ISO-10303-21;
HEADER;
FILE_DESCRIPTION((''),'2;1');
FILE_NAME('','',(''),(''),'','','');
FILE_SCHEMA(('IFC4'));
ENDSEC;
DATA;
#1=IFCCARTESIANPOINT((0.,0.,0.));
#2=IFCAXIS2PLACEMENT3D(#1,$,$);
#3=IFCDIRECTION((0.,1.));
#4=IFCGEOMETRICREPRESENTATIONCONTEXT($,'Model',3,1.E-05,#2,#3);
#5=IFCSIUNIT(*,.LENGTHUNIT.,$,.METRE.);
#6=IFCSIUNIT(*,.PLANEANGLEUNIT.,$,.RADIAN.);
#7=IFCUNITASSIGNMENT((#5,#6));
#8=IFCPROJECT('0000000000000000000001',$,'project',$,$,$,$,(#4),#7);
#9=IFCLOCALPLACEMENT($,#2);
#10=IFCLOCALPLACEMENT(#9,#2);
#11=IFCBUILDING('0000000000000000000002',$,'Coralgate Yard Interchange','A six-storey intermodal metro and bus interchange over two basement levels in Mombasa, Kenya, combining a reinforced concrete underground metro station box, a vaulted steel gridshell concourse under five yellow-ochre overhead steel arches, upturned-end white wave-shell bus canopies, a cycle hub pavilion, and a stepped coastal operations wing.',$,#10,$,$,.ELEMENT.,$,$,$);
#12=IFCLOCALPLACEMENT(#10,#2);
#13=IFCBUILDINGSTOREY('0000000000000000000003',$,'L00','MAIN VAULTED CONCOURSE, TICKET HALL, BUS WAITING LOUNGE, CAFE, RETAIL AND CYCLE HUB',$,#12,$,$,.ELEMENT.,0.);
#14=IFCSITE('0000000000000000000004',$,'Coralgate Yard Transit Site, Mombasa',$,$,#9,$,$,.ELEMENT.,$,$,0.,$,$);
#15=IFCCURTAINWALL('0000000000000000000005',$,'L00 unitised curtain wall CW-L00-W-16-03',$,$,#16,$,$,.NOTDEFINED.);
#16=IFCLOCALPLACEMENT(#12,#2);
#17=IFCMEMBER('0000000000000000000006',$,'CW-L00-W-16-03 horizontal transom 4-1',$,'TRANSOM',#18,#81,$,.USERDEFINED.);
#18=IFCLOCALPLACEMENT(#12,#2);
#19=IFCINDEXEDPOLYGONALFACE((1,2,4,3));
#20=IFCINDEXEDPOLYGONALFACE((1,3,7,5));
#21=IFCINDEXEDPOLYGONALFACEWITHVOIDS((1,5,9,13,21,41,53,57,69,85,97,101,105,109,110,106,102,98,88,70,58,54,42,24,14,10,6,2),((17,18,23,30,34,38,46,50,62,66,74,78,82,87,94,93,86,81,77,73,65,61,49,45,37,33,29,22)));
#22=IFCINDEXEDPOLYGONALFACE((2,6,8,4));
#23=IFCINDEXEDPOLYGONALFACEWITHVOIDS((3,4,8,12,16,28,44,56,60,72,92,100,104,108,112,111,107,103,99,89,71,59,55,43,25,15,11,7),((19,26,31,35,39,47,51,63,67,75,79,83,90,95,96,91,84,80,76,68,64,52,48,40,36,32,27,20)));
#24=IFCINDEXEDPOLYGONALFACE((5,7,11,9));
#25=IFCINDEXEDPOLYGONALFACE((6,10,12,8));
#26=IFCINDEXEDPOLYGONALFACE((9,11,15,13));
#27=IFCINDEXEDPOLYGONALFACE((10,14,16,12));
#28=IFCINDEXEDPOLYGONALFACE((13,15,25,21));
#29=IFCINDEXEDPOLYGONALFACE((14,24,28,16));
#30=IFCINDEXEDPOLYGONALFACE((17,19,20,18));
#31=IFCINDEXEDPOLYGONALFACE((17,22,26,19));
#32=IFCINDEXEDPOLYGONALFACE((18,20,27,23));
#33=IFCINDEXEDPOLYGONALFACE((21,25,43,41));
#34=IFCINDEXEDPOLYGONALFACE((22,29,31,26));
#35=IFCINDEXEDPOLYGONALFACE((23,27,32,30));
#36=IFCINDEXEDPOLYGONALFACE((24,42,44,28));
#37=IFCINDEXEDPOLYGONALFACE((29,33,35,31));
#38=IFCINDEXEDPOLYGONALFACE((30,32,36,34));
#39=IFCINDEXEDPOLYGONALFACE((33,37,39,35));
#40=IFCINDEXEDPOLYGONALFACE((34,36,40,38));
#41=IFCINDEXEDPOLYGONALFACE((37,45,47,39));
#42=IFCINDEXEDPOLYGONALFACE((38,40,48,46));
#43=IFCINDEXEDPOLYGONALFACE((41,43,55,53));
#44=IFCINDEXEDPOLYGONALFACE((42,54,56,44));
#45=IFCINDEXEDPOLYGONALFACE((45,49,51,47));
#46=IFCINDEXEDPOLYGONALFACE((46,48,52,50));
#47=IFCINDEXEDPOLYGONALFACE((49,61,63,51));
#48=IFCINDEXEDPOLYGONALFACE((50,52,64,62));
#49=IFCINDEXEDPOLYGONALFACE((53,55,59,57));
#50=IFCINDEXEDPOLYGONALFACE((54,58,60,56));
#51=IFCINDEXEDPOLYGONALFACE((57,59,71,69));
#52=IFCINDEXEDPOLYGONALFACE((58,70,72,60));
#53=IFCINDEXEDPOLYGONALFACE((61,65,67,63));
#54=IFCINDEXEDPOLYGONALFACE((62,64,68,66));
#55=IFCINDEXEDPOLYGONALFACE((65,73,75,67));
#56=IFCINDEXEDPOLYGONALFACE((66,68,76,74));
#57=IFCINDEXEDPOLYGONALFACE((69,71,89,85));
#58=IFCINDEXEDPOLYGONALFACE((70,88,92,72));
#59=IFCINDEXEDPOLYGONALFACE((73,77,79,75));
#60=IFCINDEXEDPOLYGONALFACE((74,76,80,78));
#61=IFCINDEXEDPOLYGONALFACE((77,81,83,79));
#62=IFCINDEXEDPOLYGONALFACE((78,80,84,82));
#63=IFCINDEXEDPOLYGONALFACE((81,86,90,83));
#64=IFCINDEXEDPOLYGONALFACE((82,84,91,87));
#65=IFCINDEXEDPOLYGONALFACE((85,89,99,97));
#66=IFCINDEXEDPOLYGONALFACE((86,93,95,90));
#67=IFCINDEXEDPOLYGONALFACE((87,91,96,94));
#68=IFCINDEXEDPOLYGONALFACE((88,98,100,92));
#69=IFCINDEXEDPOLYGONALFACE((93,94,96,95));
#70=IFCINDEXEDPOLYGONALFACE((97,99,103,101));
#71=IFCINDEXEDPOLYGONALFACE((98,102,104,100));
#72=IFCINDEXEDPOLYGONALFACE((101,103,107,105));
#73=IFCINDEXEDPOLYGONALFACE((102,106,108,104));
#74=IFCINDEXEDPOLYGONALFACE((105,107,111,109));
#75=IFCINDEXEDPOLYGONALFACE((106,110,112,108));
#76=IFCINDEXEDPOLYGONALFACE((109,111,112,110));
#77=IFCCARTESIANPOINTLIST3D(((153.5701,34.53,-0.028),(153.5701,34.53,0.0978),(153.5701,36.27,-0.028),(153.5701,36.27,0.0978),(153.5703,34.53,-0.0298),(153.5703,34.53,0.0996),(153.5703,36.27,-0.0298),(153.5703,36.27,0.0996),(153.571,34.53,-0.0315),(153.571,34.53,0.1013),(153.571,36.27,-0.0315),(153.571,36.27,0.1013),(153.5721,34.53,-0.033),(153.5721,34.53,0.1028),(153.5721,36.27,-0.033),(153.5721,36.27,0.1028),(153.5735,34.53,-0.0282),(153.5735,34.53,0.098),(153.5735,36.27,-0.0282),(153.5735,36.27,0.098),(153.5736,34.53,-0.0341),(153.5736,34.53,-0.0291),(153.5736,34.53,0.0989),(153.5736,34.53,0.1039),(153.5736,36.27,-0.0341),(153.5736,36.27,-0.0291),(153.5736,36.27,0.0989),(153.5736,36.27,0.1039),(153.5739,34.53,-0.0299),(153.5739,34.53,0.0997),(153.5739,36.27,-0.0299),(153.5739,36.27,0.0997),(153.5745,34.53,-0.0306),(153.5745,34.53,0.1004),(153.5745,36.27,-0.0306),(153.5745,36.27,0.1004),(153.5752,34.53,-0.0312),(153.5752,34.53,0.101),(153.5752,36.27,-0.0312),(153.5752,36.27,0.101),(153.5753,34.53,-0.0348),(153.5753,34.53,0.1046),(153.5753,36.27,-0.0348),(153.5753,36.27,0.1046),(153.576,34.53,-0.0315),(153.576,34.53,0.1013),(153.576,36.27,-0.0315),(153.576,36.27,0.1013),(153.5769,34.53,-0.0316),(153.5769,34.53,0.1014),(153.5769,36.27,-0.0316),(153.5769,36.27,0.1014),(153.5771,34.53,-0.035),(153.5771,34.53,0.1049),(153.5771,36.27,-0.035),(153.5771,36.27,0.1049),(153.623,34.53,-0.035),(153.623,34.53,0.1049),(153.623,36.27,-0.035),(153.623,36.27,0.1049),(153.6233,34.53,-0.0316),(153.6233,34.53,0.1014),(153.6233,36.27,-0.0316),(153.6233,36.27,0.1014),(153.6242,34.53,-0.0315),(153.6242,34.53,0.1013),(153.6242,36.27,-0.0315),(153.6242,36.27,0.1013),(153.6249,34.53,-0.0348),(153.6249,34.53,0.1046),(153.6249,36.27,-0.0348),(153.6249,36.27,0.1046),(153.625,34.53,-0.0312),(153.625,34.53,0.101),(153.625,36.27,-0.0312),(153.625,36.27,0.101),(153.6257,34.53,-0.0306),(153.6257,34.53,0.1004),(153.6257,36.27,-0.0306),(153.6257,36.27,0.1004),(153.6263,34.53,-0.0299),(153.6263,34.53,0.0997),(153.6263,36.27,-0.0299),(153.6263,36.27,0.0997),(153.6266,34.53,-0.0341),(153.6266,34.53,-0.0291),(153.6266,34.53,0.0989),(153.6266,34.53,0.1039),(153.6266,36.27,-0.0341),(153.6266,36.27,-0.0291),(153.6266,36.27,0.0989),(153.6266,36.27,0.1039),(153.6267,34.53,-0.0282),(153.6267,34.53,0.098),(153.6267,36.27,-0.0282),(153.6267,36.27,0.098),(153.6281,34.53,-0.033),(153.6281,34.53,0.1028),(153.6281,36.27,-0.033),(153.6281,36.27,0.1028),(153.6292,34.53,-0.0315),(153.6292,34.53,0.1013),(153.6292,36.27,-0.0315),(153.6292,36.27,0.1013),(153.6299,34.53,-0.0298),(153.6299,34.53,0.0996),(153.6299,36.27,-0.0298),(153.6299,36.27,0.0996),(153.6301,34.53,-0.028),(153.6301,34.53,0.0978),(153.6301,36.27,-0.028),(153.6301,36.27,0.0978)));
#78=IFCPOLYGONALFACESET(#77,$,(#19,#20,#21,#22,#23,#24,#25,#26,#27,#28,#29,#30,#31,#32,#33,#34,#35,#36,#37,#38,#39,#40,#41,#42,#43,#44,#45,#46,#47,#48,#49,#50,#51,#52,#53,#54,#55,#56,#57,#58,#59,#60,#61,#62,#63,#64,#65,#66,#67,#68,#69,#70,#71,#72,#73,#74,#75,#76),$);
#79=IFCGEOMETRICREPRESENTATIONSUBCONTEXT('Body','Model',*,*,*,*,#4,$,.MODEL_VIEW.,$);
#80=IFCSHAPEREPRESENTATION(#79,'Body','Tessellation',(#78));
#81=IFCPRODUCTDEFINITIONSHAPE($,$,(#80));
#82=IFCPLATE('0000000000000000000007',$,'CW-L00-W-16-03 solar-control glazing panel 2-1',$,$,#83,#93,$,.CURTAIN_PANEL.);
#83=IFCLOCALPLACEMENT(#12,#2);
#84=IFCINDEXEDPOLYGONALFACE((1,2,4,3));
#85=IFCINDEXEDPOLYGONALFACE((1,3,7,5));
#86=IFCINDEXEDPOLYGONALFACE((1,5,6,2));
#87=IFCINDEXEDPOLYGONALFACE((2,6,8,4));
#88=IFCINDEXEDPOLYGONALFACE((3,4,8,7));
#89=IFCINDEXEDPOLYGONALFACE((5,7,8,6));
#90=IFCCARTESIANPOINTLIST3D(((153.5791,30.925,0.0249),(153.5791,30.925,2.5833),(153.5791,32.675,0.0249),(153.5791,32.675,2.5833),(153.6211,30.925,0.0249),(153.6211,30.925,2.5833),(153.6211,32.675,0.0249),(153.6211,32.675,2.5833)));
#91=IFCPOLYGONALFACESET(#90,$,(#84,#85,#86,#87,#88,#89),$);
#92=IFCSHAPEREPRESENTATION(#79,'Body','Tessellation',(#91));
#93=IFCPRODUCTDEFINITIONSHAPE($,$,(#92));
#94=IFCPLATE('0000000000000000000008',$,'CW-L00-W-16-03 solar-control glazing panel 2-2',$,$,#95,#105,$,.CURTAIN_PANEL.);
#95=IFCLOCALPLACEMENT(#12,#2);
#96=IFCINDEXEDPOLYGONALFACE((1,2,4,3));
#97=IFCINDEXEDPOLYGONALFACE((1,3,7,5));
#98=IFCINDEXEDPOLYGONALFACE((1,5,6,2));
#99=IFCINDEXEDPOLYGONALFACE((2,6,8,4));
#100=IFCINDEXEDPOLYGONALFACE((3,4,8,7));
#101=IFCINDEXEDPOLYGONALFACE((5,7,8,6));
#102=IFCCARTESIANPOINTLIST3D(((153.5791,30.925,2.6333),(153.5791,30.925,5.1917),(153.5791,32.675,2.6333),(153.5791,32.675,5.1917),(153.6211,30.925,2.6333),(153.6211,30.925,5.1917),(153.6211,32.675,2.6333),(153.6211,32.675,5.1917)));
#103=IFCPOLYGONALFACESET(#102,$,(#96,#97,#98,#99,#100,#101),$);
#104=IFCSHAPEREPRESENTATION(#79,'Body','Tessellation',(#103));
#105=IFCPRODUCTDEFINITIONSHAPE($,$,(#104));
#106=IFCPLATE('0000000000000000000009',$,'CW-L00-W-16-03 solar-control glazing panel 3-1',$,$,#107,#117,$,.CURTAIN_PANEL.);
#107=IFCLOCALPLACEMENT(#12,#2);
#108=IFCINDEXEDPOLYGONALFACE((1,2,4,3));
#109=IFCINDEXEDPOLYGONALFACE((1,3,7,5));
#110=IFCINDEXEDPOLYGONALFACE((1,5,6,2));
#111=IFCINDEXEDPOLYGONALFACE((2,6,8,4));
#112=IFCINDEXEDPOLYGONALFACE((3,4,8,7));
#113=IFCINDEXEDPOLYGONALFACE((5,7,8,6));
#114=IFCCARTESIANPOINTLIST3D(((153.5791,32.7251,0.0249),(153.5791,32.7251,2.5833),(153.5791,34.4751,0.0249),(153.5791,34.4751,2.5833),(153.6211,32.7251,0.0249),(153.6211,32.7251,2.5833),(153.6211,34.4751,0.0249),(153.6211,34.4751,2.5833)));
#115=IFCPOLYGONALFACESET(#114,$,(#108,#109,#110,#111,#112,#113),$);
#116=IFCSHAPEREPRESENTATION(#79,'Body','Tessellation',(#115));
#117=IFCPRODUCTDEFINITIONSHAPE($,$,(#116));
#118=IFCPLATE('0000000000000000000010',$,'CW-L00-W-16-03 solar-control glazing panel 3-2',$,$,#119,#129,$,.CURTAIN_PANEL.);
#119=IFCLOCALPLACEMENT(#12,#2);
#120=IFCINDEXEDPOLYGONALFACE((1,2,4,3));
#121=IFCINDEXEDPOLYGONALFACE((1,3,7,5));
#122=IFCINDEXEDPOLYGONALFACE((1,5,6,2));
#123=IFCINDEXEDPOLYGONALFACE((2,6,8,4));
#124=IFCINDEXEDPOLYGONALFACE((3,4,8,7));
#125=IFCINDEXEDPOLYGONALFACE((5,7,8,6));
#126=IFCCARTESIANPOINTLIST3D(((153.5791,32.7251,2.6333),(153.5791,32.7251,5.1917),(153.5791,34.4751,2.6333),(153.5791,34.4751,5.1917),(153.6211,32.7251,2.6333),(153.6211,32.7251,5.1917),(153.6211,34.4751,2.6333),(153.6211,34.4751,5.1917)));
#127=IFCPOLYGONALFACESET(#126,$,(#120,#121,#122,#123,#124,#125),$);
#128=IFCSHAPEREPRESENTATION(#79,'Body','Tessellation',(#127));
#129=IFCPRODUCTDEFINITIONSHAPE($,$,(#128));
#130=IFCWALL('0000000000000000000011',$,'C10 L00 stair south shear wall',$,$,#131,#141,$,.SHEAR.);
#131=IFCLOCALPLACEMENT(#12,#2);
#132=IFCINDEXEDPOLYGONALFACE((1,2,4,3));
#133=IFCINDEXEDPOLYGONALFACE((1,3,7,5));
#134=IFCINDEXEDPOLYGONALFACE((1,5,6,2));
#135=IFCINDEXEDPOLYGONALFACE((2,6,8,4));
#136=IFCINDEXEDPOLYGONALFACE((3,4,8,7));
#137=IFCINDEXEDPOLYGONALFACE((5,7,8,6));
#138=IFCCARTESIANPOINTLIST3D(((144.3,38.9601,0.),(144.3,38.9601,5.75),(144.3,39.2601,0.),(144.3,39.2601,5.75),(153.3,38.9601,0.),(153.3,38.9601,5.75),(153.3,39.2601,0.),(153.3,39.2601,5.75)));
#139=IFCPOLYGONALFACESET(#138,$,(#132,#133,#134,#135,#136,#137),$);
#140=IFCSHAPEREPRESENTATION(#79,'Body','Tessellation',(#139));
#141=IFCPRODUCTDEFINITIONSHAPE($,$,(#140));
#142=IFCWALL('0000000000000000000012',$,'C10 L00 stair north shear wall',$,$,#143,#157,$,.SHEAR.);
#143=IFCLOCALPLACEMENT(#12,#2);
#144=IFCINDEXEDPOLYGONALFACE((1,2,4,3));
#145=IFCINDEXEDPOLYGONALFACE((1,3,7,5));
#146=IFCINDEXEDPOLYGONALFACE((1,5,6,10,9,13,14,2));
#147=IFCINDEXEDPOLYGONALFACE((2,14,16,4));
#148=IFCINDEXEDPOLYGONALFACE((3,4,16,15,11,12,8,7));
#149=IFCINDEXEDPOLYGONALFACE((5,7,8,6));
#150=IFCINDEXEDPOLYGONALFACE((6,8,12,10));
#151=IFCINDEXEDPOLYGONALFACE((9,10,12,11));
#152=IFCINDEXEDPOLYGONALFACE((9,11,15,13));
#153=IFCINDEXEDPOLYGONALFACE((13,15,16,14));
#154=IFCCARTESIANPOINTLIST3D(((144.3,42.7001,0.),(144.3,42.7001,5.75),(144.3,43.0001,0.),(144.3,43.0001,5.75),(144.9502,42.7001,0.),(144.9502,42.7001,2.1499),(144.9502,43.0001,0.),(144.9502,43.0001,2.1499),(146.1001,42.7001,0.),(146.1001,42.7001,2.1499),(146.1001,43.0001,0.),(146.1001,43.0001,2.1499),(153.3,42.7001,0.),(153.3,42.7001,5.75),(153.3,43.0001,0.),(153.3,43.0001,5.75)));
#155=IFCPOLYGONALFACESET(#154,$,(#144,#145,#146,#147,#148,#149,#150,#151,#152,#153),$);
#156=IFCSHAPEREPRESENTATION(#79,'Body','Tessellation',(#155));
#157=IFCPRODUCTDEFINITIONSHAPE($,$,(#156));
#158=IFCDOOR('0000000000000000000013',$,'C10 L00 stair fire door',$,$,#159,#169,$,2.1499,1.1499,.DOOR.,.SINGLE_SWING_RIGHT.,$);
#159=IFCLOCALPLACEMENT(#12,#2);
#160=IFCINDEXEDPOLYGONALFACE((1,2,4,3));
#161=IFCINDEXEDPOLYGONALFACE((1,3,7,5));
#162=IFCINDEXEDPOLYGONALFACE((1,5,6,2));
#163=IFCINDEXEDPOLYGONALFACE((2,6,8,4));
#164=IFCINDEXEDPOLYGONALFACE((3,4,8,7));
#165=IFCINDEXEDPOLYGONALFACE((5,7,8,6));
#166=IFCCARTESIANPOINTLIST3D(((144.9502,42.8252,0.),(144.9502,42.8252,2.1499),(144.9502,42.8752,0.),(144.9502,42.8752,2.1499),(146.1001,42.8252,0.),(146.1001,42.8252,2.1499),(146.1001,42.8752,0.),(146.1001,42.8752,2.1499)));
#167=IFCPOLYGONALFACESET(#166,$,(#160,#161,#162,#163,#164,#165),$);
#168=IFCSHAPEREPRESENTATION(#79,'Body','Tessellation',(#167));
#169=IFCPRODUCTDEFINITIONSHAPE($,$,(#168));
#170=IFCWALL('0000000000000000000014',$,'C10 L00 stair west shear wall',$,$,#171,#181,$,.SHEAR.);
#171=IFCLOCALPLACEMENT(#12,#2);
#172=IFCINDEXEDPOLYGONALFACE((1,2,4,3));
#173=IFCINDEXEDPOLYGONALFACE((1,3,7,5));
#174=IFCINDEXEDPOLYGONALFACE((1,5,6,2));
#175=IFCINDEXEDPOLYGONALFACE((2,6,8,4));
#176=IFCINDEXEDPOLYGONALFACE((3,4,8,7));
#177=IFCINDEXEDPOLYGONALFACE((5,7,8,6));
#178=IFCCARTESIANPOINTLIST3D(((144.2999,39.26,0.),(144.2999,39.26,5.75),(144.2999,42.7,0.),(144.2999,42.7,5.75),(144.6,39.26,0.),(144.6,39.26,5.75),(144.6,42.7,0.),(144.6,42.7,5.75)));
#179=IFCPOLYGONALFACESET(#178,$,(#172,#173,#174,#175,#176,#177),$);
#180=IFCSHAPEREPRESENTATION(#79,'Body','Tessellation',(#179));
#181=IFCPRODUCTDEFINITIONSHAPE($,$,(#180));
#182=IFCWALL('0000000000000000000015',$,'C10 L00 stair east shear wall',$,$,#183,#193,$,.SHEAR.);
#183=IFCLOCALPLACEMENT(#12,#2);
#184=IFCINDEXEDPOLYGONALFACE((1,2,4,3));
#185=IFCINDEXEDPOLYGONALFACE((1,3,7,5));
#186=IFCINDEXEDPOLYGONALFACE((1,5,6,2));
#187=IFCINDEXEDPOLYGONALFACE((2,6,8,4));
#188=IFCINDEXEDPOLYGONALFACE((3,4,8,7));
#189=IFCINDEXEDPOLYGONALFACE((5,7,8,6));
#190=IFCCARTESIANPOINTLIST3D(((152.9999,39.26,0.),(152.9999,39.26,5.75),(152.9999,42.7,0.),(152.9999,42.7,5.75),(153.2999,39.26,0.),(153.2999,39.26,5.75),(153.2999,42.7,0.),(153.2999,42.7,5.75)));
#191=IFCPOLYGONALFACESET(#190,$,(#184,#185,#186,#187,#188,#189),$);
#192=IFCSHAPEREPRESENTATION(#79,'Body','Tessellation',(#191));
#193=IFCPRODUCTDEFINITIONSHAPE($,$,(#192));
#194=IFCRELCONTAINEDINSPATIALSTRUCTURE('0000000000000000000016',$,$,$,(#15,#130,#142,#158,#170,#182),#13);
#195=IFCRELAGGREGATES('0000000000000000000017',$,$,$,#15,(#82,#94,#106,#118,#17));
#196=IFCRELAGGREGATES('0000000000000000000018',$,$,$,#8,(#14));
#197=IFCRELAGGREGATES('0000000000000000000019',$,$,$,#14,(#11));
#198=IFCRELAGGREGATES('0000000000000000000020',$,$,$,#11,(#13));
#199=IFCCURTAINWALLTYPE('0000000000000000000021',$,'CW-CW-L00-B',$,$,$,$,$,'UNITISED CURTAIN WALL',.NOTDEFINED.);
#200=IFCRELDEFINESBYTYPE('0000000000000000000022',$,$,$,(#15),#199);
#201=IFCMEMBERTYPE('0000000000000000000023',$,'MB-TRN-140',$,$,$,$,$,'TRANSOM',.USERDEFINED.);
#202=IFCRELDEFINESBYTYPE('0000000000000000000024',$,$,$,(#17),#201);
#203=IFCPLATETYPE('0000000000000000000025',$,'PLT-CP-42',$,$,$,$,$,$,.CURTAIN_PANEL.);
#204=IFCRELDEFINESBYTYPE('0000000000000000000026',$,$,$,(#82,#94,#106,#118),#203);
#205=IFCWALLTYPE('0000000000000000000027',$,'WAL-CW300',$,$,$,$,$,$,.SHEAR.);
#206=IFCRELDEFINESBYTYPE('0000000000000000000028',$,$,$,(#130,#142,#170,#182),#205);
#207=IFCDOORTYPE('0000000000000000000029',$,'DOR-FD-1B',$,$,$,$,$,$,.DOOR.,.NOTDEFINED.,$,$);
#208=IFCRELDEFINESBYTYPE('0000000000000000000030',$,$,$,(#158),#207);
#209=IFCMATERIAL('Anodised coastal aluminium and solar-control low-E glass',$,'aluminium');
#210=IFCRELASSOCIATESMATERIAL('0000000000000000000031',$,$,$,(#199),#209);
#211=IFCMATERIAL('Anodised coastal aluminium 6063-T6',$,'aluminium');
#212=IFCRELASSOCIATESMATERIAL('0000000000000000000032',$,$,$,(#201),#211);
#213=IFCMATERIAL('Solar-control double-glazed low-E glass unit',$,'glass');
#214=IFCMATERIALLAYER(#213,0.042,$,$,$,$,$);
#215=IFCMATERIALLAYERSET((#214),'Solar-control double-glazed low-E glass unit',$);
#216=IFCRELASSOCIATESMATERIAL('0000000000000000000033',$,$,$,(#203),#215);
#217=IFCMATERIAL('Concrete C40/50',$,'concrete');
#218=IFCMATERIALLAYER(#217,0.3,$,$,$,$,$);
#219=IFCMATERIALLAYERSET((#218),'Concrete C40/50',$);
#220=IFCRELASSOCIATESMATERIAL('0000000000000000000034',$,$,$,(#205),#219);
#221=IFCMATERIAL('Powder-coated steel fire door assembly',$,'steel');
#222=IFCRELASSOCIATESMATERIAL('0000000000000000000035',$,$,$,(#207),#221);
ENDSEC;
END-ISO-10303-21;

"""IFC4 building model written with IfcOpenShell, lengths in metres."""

from ifc_helpers import new_model, si_unit, direction, frame, frame_2d, origin, origin_2d, place, context, subcontext, project, spatial, rectangle, hollow_rectangle, extrude, material, layer, layer_set, material_profile, profile_set, type_object, element, fill, aggregate, save


model = new_model("IFC4")

# Units and contexts
model_context = context("Model", 3, precision=1e-05, world=origin(), true_north=direction((0.0, 1.0)))
body_context = subcontext(model_context, "Body", "Model", "MODEL_VIEW")
ifc_project = project(units=[si_unit("LENGTHUNIT", "METRE"), si_unit("PLANEANGLEUNIT", "RADIAN")], contexts=[model_context])

# Site, building, storey
site_placement = place(None, origin())
site = spatial("IfcSite", under=ifc_project, at=site_placement, Name="Coralgate Yard Transit Site, Mombasa", CompositionType="ELEMENT", RefElevation=0.0)
building_placement = place(site_placement, origin())
building = spatial("IfcBuilding", under=site, at=building_placement, Name="Coralgate Yard Interchange", Description="A six-storey intermodal metro and bus interchange over two basement levels in Mombasa, Kenya, combining a reinforced concrete underground metro station box, a vaulted steel gridshell concourse under five yellow-ochre overhead steel arches, upturned-end white wave-shell bus canopies, a cycle hub pavilion, and a stepped coastal operations wing.", CompositionType="ELEMENT")
storey_placement = place(building_placement, origin())
storey = spatial("IfcBuildingStorey", under=building, at=storey_placement, Name="L00", Description="MAIN VAULTED CONCOURSE, TICKET HALL, BUS WAITING LOUNGE, CAFE, RETAIL AND CYCLE HUB", CompositionType="ELEMENT", Elevation=0.0)

# Curtain wall, member, plates
ifc_material_1 = material(Name="Anodised coastal aluminium and solar-control low-E glass", Category="aluminium")
curtain_wall_type = type_object("IfcCurtainWallType", Name="CW-CW-L00-B", ElementType="UNITISED CURTAIN WALL", PredefinedType="NOTDEFINED", material=ifc_material_1)
curtain_wall_placement = place(storey_placement, origin())
curtain_wall = element("IfcCurtainWall", 1, at=curtain_wall_placement, inside=storey, type_object=curtain_wall_type, Name="L00 unitised curtain wall CW-L00-W-16-03", PredefinedType="NOTDEFINED")
ifc_material_2 = material(Name="Anodised coastal aluminium 6063-T6", Category="aluminium")
ifc_material_profile_1 = material_profile(ifc_material_2, hollow_rectangle(XDim=0.0601, YDim=0.1399, WallThickness=0.0034, InnerFilletRadius=0.0034, OuterFilletRadius=0.0071, at=origin_2d()), Name="ALU 60x140x3.5")
ifc_profile_set_1 = profile_set([ifc_material_profile_1], Name="Anodised coastal aluminium 6063-T6")
member_type_1 = type_object("IfcMemberType", Name="MB-TRN-140", ElementType="TRANSOM", PredefinedType="USERDEFINED", material=ifc_profile_set_1)
member_1_placement = place(storey_placement, frame((153.6001, 34.53, 0.0349), z_axis=(0.0, 1.0, 0.0), x_axis=(-1.0, 0.0, 0.0)))
member_1 = element("IfcMember", 2, at=member_1_placement, type_object=member_type_1, Name="CW-L00-W-16-03 horizontal transom 4-1", ObjectType="TRANSOM", PredefinedType="USERDEFINED", context=body_context, shape_type="SweptSolid", body=[
    extrude(hollow_rectangle(XDim=0.0601, YDim=0.1399, WallThickness=0.0034, InnerFilletRadius=0.0034, OuterFilletRadius=0.0071, at=origin_2d()), origin(), (0.0, 0.0, 1.0), 1.74),
])
ifc_material_3 = material(Name="Solar-control double-glazed low-E glass unit", Category="glass")
ifc_layer_1 = layer(ifc_material_3, 0.042)
ifc_layer_set_1 = layer_set([ifc_layer_1], Name="Solar-control double-glazed low-E glass unit")
plate_type = type_object("IfcPlateType", Name="PLT-CP-42", PredefinedType="CURTAIN_PANEL", material=ifc_layer_set_1)
plate_1_placement = place(storey_placement, frame((153.6001, 31.8, 0.0249), z_axis=(0.0, 0.0, 1.0), x_axis=(0.0, 1.0, 0.0)))
plate_1 = element("IfcPlate", 3, at=plate_1_placement, type_object=plate_type, Name="CW-L00-W-16-03 solar-control glazing panel 2-1", PredefinedType="CURTAIN_PANEL", context=body_context, shape_type="SweptSolid", body=[
    extrude(rectangle(XDim=1.75, YDim=0.042, at=origin_2d()), origin(), (0.0, 0.0, 1.0), 2.5583),
])
plate_2_placement = place(storey_placement, frame((153.6001, 31.8, 2.6333), z_axis=(0.0, 0.0, 1.0), x_axis=(0.0, 1.0, 0.0)))
plate_2 = element("IfcPlate", 4, at=plate_2_placement, type_object=plate_type, Name="CW-L00-W-16-03 solar-control glazing panel 2-2", PredefinedType="CURTAIN_PANEL", context=body_context, shape_type="SweptSolid", body=[
    extrude(rectangle(XDim=1.75, YDim=0.042, at=origin_2d()), origin(), (0.0, 0.0, 1.0), 2.5583),
])
plate_3_placement = place(storey_placement, frame((153.6001, 33.6001, 0.0249), z_axis=(0.0, 0.0, 1.0), x_axis=(0.0, 1.0, 0.0)))
plate_3 = element("IfcPlate", 5, at=plate_3_placement, type_object=plate_type, Name="CW-L00-W-16-03 solar-control glazing panel 3-1", PredefinedType="CURTAIN_PANEL", context=body_context, shape_type="SweptSolid", body=[
    extrude(rectangle(XDim=1.75, YDim=0.042, at=origin_2d()), origin(), (0.0, 0.0, 1.0), 2.5583),
])
plate_4_placement = place(storey_placement, frame((153.6001, 33.6001, 2.6333), z_axis=(0.0, 0.0, 1.0), x_axis=(0.0, 1.0, 0.0)))
plate_4 = element("IfcPlate", 6, at=plate_4_placement, type_object=plate_type, Name="CW-L00-W-16-03 solar-control glazing panel 3-2", PredefinedType="CURTAIN_PANEL", context=body_context, shape_type="SweptSolid", body=[
    extrude(rectangle(XDim=1.75, YDim=0.042, at=origin_2d()), origin(), (0.0, 0.0, 1.0), 2.5583),
])
aggregate(curtain_wall, [plate_1, plate_2, plate_3, plate_4, member_1])

# Wall
ifc_material_4 = material(Name="Concrete C40/50", Category="concrete")
ifc_layer_2 = layer(ifc_material_4, 0.3)
ifc_layer_set_2 = layer_set([ifc_layer_2], Name="Concrete C40/50")
wall_type_1 = type_object("IfcWallType", Name="WAL-CW300", PredefinedType="SHEAR", material=ifc_layer_set_2)
wall_1_placement = place(storey_placement, frame((144.3, 39.1101, 0.0), z_axis=(0.0, 0.0, 1.0), x_axis=(1.0, 0.0, 0.0)))
element("IfcWall", 7, at=wall_1_placement, inside=storey, type_object=wall_type_1, Name="C10 L00 stair south shear wall", PredefinedType="SHEAR", context=body_context, shape_type="SweptSolid", body=[
    extrude(rectangle(XDim=9.0, YDim=0.3, at=frame_2d((4.5, 0.0))), origin(), (0.0, 0.0, 1.0), 5.75),
])

# Wall, opening, door
wall_2_placement = place(storey_placement, frame((153.3, 42.8501, 0.0), z_axis=(0.0, 0.0, 1.0), x_axis=(-1.0, 0.0, 0.0)))
wall_2 = element("IfcWall", 8, at=wall_2_placement, inside=storey, type_object=wall_type_1, Name="C10 L00 stair north shear wall", PredefinedType="SHEAR", context=body_context, shape_type="SweptSolid", body=[
    extrude(rectangle(XDim=9.0, YDim=0.3, at=frame_2d((4.5, 0.0))), origin(), (0.0, 0.0, 1.0), 5.75),
])
opening_1_placement = place(wall_2_placement, frame((7.2, 0.0, 0.0)))
opening_1 = element("IfcOpeningElement", 9, at=opening_1_placement, cuts=wall_2, PredefinedType="OPENING", context=body_context, shape_type="SweptSolid", body=[
    extrude(rectangle(XDim=1.1499, YDim=2.1499, at=frame_2d((0.575, 1.075))), frame((0.0, 0.1599, 0.0), z_axis=(0.0, -1.0, 0.0), x_axis=(1.0, 0.0, 0.0)), (0.0, 0.0, 1.0), 0.3201),
])
ifc_material_5 = material(Name="Powder-coated steel fire door assembly", Category="steel")
door_type_1 = type_object("IfcDoorType", Name="DOR-FD-1B", OperationType="NOTDEFINED", PredefinedType="DOOR", material=ifc_material_5)
door_1_placement = place(opening_1_placement, origin())
door_1 = element("IfcDoor", 10, at=door_1_placement, inside=storey, type_object=door_type_1, Name="C10 L00 stair fire door", OperationType="SINGLE_SWING_RIGHT", OverallHeight=2.1499, OverallWidth=1.1499, PredefinedType="DOOR", context=body_context, shape_type="SweptSolid", body=[
    extrude(rectangle(XDim=1.1499, YDim=2.1499, at=frame_2d((0.575, 1.075))), frame((0.0, 0.0249, 0.0), z_axis=(0.0, -1.0, 0.0), x_axis=(1.0, 0.0, 0.0)), (0.0, 0.0, 1.0), 0.05),
])
fill(opening_1, door_1)

# Walls
for number, where, z_axis, x_axis, name in (
    (11, (144.45, 39.26, 0.0), (0.0, 0.0, 1.0), (0.0, 1.0, 0.0), "C10 L00 stair west shear wall"),
    (12, (153.1499, 42.7, 0.0), (0.0, 0.0, 1.0), (0.0, -1.0, 0.0), "C10 L00 stair east shear wall"),
):
    element("IfcWall", number, at=place(storey_placement, frame(where, z_axis=z_axis, x_axis=x_axis)), inside=storey, type_object=wall_type_1, Name=name, PredefinedType="SHEAR", context=body_context, shape_type="SweptSolid", body=[
        extrude(rectangle(XDim=3.4399, YDim=0.3, at=frame_2d((1.72, 0.0))), origin(), (0.0, 0.0, 1.0), 5.75),
    ])

save(model, "model.ifc")
